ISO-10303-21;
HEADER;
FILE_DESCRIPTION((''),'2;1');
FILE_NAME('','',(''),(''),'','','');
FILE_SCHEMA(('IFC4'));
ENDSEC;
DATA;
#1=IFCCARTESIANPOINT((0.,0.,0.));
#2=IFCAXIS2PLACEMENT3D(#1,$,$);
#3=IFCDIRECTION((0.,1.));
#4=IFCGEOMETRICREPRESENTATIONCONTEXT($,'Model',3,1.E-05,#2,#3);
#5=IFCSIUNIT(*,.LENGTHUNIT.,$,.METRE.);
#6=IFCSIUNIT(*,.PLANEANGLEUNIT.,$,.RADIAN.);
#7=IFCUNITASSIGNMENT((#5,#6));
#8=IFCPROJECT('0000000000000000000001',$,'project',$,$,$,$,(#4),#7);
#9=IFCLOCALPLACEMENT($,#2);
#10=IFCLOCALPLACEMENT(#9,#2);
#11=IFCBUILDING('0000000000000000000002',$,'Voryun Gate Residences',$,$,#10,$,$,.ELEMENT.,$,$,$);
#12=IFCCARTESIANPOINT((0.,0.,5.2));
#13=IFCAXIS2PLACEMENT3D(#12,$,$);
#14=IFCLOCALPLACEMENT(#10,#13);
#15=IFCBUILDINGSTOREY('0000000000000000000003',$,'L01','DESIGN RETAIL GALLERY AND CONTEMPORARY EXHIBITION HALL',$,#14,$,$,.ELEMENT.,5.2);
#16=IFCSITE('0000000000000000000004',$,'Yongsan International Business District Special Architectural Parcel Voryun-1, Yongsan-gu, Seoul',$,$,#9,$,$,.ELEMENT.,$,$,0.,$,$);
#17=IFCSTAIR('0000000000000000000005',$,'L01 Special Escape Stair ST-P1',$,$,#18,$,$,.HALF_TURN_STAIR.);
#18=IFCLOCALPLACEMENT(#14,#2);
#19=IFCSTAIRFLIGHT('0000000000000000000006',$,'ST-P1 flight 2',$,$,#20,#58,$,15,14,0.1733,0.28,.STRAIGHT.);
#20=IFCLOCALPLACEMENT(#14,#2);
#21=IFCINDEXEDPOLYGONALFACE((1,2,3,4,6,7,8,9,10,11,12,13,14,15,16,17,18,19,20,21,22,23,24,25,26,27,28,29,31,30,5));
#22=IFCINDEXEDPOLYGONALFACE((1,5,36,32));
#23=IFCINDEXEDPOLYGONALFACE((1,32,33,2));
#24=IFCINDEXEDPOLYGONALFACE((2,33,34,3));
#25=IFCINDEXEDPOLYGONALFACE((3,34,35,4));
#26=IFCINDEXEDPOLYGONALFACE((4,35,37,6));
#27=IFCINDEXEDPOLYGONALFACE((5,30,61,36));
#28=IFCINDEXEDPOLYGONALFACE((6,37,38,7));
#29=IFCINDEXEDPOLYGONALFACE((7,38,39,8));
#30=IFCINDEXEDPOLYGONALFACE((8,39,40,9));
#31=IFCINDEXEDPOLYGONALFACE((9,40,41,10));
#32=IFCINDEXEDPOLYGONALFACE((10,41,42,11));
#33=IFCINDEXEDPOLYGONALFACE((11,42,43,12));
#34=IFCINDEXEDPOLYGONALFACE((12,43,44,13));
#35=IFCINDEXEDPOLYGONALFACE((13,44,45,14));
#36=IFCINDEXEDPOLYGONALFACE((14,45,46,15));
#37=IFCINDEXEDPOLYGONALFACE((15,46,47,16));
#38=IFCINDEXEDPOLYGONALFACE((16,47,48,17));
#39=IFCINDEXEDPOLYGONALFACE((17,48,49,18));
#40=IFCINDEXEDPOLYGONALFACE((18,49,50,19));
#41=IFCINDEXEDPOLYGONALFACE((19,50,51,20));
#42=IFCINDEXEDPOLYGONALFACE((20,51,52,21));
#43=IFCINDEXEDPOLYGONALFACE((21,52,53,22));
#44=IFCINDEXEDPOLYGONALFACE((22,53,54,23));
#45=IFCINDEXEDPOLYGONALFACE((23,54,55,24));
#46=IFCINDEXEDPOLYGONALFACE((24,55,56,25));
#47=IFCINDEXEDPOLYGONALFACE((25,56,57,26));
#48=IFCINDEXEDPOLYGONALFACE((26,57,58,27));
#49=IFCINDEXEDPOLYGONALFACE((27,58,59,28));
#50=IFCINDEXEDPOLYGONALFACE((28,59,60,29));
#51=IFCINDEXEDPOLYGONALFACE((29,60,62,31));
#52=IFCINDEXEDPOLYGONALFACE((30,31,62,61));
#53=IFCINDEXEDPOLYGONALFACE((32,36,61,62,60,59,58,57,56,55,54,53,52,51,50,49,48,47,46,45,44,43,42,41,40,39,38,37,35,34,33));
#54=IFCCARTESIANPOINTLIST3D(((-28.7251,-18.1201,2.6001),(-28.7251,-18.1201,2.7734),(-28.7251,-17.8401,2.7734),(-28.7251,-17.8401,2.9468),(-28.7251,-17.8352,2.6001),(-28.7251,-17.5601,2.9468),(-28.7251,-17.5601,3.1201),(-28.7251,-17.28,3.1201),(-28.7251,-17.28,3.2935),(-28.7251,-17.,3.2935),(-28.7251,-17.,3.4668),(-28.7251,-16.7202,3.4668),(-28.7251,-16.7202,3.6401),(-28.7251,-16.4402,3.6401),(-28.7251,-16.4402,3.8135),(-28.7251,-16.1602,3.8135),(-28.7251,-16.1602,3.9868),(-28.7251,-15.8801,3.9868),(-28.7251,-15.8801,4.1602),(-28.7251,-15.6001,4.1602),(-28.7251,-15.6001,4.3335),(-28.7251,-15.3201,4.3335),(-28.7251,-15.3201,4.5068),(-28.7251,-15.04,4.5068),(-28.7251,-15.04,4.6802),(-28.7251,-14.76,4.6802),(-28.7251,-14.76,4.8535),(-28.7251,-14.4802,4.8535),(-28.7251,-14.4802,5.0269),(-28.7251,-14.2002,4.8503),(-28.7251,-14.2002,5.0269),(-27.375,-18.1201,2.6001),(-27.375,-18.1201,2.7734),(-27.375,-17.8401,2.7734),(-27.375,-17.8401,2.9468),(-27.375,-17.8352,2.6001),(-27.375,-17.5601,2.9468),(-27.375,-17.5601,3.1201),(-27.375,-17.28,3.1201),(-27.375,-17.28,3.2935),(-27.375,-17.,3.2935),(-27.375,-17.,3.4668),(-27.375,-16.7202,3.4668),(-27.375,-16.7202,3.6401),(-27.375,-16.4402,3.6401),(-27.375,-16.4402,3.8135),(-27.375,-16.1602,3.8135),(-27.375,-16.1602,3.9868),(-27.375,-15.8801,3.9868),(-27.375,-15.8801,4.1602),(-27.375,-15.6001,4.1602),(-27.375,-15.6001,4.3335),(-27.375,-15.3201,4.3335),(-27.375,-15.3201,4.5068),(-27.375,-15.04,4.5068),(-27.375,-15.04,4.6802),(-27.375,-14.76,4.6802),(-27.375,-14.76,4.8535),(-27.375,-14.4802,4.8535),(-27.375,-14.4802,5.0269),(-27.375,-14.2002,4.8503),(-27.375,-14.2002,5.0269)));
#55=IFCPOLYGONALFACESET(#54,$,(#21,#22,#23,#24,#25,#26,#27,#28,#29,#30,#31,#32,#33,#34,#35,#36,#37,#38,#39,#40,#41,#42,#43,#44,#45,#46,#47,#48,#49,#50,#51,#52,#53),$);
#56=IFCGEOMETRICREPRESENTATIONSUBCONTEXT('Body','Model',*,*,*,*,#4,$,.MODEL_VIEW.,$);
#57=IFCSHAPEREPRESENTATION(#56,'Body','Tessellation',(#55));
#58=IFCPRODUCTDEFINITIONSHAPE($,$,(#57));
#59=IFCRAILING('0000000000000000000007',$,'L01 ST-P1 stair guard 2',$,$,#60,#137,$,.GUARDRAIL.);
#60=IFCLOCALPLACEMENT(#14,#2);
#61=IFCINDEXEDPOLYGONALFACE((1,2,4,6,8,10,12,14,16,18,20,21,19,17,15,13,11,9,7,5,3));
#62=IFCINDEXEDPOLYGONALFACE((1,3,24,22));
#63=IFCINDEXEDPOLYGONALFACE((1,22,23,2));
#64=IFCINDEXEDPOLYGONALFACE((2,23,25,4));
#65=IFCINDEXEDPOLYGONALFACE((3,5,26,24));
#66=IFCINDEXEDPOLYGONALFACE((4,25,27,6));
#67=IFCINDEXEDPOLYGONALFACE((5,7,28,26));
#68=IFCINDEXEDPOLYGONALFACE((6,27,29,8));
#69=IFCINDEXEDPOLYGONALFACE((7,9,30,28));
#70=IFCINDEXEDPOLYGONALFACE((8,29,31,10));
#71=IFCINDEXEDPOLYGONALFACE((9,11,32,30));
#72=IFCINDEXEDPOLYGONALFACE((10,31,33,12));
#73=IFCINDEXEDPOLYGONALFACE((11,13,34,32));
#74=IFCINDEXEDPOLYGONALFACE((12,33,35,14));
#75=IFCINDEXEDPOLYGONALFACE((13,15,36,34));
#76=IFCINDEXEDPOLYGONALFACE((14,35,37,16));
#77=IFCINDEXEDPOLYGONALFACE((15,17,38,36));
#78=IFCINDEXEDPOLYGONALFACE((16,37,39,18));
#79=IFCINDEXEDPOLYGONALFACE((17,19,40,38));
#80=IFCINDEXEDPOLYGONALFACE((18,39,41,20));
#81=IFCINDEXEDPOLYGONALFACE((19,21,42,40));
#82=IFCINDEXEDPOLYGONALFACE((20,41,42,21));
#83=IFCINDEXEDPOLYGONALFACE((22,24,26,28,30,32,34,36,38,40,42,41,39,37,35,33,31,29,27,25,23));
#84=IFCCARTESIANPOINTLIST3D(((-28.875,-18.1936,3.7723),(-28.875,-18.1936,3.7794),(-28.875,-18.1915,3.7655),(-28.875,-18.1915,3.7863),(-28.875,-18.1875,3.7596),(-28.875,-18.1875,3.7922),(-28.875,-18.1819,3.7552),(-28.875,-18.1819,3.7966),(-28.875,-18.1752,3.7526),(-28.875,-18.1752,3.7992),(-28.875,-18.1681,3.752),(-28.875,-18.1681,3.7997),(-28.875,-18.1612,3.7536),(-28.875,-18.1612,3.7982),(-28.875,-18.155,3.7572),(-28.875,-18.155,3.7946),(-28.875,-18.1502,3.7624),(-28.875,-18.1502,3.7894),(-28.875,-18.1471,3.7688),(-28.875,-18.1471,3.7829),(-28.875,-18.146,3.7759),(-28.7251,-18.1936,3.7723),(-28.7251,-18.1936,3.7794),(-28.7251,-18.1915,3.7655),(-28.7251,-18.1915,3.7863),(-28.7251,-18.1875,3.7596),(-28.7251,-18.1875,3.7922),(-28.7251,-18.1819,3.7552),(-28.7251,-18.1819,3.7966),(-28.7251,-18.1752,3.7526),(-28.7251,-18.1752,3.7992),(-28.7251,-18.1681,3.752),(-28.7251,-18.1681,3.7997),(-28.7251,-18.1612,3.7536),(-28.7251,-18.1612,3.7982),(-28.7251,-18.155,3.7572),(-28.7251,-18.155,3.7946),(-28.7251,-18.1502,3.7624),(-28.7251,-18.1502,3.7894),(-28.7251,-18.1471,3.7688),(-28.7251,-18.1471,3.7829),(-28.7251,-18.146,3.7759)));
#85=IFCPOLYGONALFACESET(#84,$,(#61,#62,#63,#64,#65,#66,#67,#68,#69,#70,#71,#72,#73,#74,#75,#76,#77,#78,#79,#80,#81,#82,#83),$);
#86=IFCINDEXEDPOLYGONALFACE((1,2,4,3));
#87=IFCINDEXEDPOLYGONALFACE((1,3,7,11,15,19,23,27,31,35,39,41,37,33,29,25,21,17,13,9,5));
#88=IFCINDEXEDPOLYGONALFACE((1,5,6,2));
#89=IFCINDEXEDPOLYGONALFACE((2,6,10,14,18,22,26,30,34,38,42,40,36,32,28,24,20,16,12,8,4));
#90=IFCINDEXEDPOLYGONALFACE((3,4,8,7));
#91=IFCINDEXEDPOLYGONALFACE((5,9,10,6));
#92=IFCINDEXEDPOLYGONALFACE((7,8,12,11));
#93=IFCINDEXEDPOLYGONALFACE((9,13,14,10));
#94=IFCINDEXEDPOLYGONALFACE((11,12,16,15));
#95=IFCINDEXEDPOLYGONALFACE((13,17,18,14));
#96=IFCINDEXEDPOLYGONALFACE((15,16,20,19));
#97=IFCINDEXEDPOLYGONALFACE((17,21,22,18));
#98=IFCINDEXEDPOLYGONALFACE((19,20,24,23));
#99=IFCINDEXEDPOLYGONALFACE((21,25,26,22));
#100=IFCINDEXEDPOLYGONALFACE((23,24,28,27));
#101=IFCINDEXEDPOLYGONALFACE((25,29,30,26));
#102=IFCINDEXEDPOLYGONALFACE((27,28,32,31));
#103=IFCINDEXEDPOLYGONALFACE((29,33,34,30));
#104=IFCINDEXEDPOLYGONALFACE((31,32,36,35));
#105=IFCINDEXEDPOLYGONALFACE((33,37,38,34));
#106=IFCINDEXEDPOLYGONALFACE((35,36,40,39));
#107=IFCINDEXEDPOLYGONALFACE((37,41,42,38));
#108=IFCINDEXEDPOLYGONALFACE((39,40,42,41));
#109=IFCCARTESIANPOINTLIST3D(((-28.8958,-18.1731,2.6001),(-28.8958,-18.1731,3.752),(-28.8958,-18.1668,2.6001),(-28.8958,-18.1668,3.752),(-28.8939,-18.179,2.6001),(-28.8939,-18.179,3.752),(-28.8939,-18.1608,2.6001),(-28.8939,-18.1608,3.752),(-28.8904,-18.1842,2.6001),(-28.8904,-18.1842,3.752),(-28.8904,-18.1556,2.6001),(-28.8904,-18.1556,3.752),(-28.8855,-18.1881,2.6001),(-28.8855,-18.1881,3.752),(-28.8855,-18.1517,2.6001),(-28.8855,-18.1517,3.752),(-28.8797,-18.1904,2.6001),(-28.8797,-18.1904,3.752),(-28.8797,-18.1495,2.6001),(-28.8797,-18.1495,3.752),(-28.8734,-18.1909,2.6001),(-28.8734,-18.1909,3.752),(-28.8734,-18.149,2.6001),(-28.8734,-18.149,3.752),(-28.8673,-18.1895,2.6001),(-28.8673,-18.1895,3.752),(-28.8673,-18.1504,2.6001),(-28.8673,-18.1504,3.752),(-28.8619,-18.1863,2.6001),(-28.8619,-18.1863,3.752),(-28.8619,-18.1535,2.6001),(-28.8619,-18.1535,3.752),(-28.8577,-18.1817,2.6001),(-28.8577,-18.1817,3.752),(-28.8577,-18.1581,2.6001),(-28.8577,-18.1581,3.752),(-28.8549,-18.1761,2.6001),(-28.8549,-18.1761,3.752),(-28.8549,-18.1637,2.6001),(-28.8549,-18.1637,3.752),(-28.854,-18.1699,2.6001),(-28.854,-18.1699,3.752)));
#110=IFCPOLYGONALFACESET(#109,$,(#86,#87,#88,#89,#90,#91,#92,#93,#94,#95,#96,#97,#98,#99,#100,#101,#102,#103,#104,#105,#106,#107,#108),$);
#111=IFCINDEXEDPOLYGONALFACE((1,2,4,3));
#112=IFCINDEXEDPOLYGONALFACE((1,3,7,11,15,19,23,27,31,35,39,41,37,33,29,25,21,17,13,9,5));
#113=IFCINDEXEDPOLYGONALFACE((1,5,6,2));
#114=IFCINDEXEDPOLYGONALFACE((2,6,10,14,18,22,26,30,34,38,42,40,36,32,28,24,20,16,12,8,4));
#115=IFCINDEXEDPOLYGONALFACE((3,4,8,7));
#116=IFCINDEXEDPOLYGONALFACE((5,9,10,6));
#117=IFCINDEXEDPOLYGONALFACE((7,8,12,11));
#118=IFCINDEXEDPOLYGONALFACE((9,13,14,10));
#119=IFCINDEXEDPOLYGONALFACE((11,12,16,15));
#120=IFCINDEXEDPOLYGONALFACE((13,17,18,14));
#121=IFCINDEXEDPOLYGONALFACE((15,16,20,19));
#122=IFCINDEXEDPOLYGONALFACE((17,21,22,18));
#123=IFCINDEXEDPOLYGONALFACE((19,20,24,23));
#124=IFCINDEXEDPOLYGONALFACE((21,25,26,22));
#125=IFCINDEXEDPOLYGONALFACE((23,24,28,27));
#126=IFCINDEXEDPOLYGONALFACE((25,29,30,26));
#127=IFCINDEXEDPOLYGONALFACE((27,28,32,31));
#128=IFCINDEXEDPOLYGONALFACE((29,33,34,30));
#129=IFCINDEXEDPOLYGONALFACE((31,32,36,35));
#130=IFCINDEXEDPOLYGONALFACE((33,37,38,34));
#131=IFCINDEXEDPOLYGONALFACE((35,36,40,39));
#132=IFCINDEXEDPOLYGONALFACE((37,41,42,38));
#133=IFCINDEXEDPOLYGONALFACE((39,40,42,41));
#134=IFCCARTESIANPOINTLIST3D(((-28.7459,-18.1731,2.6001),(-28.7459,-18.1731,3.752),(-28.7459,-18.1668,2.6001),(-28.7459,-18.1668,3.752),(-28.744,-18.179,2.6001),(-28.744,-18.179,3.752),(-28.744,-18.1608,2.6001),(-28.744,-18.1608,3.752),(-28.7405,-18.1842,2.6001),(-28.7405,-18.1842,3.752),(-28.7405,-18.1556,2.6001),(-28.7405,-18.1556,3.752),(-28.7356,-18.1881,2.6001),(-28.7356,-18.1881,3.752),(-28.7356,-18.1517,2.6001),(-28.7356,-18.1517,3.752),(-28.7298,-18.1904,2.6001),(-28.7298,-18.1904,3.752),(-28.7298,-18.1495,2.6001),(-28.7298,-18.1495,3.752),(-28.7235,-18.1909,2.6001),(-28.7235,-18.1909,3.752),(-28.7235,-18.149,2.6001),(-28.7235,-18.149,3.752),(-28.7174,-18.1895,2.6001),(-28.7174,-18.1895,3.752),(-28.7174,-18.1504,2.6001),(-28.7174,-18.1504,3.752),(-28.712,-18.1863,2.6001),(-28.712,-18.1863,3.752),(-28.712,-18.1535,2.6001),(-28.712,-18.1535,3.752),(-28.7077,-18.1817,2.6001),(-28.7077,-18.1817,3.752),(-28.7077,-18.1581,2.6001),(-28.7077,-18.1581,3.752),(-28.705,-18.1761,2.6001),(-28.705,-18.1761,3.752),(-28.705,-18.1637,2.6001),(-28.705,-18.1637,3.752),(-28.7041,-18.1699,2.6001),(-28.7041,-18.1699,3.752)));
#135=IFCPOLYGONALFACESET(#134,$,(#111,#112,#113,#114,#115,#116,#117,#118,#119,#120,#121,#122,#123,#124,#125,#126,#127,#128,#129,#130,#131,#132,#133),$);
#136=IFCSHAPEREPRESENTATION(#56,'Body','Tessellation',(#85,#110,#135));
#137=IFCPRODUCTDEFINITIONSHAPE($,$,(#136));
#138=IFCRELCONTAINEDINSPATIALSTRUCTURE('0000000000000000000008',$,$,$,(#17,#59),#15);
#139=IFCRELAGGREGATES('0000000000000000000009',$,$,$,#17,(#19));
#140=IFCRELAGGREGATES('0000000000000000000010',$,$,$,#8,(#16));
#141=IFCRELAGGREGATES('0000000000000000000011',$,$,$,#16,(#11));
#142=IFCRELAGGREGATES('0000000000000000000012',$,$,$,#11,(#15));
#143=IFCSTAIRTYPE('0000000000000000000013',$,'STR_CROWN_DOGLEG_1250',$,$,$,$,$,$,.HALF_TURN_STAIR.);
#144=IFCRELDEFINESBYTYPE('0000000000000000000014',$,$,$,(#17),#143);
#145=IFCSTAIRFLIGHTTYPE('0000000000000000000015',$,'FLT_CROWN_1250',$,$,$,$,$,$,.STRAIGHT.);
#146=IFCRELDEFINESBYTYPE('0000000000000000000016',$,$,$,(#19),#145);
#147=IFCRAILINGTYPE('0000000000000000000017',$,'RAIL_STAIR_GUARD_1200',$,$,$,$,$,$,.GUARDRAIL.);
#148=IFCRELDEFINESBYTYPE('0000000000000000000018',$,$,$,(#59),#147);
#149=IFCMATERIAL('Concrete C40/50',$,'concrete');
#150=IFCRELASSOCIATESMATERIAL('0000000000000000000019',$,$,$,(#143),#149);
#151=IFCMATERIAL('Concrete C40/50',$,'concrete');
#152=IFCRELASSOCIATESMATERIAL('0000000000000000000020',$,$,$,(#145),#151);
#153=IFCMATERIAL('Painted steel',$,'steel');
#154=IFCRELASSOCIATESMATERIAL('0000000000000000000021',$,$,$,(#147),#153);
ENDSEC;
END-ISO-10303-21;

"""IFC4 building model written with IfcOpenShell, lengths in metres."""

from ifc_helpers import new_model, si_unit, direction, frame, origin, origin_2d, place, context, subcontext, project, spatial, polyline, circle, outline, extrude, material, type_object, element, aggregate, save


model = new_model("IFC4")

# Units and contexts
model_context = context("Model", 3, precision=1e-05, world=origin(), true_north=direction((0.0, 1.0)))
body_context = subcontext(model_context, "Body", "Model", "MODEL_VIEW")
ifc_project = project(units=[si_unit("LENGTHUNIT", "METRE"), si_unit("PLANEANGLEUNIT", "RADIAN")], contexts=[model_context])

# Site, building, storey
site_placement = place(None, origin())
site = spatial("IfcSite", under=ifc_project, at=site_placement, Name="Yongsan International Business District Special Architectural Parcel Voryun-1, Yongsan-gu, Seoul", CompositionType="ELEMENT", RefElevation=0.0)
building_placement = place(site_placement, origin())
building = spatial("IfcBuilding", under=site, at=building_placement, Name="Voryun Gate Residences", CompositionType="ELEMENT")
storey_placement = place(building_placement, frame((0.0, 0.0, 5.2)))
storey = spatial("IfcBuildingStorey", under=building, at=storey_placement, Name="L01", Description="DESIGN RETAIL GALLERY AND CONTEMPORARY EXHIBITION HALL", CompositionType="ELEMENT", Elevation=5.2)

# Stair, stair flight
ifc_material_1 = material(Name="Concrete C40/50", Category="concrete")
stair_type = type_object("IfcStairType", Name="STR_CROWN_DOGLEG_1250", PredefinedType="HALF_TURN_STAIR", material=ifc_material_1)
stair_placement = place(storey_placement, origin())
stair = element("IfcStair", 1, at=stair_placement, inside=storey, type_object=stair_type, Name="L01 Special Escape Stair ST-P1", PredefinedType="HALF_TURN_STAIR")
ifc_material_2 = material(Name="Concrete C40/50", Category="concrete")
stair_flight_type = type_object("IfcStairFlightType", Name="FLT_CROWN_1250", PredefinedType="STRAIGHT", material=ifc_material_2)
stair_flight_placement = place(storey_placement, frame((-28.05, -18.1201, 2.6001), z_axis=(0.0, 0.0, 1.0), x_axis=(0.0, 1.0, 0.0)))
stair_flight = element("IfcStairFlight", 2, at=stair_flight_placement, type_object=stair_flight_type, Name="ST-P1 flight 2", NumberOfRisers=15, NumberOfTreads=14, PredefinedType="STRAIGHT", RiserHeight=0.1733, TreadLength=0.28, context=body_context, shape_type="SweptSolid", body=[
    extrude(outline(polyline([(0.0, 0.0), (0.0, 0.1733), (0.28, 0.1733), (0.28, 0.3467), (0.5601, 0.3467), (0.5601, 0.52), (0.8401, 0.52), (0.8401, 0.6934), (1.1201, 0.6934), (1.1201, 0.8667), (1.3999, 0.8667), (1.3999, 1.04), (1.6799, 1.04), (1.6799, 1.2134), (1.96, 1.2134), (1.96, 1.3867), (2.24, 1.3867), (2.24, 1.5601), (2.52, 1.5601), (2.52, 1.7334), (2.8, 1.7334), (2.8, 1.9067), (3.0801, 1.9067), (3.0801, 2.0801), (3.3601, 2.0801), (3.3601, 2.2534), (3.6399, 2.2534), (3.6399, 2.4268), (3.9199, 2.4268), (3.9199, 2.6001), (3.9199, 2.2502), (0.2849, 0.0), (0.0, 0.0)])), frame((0.0, 0.675, 0.0), z_axis=(0.0, -1.0, 0.0), x_axis=(1.0, 0.0, 0.0)), (0.0, 0.0, 1.0), 1.3501),
])
aggregate(stair, [stair_flight])

# Railing
ifc_material_3 = material(Name="Painted steel", Category="steel")
railing_type_1 = type_object("IfcRailingType", Name="RAIL_STAIR_GUARD_1200", PredefinedType="GUARDRAIL", material=ifc_material_3)
railing_1_placement = place(storey_placement, frame((-28.875, -18.1699, 2.6001)))
element("IfcRailing", 3, at=railing_1_placement, inside=storey, type_object=railing_type_1, Name="L01 ST-P1 stair guard 2", PredefinedType="GUARDRAIL", context=body_context, shape_type="SweptSolid", body=[
    extrude(circle(Radius=0.0239, at=origin_2d()), frame((0.0, 0.0, 1.1758), z_axis=(1.0, 0.0, 0.0), x_axis=(0.0, 1.0, 0.0)), (0.0, 0.0, 1.0), 0.1499),
    extrude(circle(Radius=0.021, at=origin_2d()), origin(), (0.0, 0.0, 1.0), 1.1519),
    extrude(circle(Radius=0.021, at=origin_2d()), frame((0.1499, 0.0, 0.0)), (0.0, 0.0, 1.0), 1.1519),
])

save(model, "model.ifc")
